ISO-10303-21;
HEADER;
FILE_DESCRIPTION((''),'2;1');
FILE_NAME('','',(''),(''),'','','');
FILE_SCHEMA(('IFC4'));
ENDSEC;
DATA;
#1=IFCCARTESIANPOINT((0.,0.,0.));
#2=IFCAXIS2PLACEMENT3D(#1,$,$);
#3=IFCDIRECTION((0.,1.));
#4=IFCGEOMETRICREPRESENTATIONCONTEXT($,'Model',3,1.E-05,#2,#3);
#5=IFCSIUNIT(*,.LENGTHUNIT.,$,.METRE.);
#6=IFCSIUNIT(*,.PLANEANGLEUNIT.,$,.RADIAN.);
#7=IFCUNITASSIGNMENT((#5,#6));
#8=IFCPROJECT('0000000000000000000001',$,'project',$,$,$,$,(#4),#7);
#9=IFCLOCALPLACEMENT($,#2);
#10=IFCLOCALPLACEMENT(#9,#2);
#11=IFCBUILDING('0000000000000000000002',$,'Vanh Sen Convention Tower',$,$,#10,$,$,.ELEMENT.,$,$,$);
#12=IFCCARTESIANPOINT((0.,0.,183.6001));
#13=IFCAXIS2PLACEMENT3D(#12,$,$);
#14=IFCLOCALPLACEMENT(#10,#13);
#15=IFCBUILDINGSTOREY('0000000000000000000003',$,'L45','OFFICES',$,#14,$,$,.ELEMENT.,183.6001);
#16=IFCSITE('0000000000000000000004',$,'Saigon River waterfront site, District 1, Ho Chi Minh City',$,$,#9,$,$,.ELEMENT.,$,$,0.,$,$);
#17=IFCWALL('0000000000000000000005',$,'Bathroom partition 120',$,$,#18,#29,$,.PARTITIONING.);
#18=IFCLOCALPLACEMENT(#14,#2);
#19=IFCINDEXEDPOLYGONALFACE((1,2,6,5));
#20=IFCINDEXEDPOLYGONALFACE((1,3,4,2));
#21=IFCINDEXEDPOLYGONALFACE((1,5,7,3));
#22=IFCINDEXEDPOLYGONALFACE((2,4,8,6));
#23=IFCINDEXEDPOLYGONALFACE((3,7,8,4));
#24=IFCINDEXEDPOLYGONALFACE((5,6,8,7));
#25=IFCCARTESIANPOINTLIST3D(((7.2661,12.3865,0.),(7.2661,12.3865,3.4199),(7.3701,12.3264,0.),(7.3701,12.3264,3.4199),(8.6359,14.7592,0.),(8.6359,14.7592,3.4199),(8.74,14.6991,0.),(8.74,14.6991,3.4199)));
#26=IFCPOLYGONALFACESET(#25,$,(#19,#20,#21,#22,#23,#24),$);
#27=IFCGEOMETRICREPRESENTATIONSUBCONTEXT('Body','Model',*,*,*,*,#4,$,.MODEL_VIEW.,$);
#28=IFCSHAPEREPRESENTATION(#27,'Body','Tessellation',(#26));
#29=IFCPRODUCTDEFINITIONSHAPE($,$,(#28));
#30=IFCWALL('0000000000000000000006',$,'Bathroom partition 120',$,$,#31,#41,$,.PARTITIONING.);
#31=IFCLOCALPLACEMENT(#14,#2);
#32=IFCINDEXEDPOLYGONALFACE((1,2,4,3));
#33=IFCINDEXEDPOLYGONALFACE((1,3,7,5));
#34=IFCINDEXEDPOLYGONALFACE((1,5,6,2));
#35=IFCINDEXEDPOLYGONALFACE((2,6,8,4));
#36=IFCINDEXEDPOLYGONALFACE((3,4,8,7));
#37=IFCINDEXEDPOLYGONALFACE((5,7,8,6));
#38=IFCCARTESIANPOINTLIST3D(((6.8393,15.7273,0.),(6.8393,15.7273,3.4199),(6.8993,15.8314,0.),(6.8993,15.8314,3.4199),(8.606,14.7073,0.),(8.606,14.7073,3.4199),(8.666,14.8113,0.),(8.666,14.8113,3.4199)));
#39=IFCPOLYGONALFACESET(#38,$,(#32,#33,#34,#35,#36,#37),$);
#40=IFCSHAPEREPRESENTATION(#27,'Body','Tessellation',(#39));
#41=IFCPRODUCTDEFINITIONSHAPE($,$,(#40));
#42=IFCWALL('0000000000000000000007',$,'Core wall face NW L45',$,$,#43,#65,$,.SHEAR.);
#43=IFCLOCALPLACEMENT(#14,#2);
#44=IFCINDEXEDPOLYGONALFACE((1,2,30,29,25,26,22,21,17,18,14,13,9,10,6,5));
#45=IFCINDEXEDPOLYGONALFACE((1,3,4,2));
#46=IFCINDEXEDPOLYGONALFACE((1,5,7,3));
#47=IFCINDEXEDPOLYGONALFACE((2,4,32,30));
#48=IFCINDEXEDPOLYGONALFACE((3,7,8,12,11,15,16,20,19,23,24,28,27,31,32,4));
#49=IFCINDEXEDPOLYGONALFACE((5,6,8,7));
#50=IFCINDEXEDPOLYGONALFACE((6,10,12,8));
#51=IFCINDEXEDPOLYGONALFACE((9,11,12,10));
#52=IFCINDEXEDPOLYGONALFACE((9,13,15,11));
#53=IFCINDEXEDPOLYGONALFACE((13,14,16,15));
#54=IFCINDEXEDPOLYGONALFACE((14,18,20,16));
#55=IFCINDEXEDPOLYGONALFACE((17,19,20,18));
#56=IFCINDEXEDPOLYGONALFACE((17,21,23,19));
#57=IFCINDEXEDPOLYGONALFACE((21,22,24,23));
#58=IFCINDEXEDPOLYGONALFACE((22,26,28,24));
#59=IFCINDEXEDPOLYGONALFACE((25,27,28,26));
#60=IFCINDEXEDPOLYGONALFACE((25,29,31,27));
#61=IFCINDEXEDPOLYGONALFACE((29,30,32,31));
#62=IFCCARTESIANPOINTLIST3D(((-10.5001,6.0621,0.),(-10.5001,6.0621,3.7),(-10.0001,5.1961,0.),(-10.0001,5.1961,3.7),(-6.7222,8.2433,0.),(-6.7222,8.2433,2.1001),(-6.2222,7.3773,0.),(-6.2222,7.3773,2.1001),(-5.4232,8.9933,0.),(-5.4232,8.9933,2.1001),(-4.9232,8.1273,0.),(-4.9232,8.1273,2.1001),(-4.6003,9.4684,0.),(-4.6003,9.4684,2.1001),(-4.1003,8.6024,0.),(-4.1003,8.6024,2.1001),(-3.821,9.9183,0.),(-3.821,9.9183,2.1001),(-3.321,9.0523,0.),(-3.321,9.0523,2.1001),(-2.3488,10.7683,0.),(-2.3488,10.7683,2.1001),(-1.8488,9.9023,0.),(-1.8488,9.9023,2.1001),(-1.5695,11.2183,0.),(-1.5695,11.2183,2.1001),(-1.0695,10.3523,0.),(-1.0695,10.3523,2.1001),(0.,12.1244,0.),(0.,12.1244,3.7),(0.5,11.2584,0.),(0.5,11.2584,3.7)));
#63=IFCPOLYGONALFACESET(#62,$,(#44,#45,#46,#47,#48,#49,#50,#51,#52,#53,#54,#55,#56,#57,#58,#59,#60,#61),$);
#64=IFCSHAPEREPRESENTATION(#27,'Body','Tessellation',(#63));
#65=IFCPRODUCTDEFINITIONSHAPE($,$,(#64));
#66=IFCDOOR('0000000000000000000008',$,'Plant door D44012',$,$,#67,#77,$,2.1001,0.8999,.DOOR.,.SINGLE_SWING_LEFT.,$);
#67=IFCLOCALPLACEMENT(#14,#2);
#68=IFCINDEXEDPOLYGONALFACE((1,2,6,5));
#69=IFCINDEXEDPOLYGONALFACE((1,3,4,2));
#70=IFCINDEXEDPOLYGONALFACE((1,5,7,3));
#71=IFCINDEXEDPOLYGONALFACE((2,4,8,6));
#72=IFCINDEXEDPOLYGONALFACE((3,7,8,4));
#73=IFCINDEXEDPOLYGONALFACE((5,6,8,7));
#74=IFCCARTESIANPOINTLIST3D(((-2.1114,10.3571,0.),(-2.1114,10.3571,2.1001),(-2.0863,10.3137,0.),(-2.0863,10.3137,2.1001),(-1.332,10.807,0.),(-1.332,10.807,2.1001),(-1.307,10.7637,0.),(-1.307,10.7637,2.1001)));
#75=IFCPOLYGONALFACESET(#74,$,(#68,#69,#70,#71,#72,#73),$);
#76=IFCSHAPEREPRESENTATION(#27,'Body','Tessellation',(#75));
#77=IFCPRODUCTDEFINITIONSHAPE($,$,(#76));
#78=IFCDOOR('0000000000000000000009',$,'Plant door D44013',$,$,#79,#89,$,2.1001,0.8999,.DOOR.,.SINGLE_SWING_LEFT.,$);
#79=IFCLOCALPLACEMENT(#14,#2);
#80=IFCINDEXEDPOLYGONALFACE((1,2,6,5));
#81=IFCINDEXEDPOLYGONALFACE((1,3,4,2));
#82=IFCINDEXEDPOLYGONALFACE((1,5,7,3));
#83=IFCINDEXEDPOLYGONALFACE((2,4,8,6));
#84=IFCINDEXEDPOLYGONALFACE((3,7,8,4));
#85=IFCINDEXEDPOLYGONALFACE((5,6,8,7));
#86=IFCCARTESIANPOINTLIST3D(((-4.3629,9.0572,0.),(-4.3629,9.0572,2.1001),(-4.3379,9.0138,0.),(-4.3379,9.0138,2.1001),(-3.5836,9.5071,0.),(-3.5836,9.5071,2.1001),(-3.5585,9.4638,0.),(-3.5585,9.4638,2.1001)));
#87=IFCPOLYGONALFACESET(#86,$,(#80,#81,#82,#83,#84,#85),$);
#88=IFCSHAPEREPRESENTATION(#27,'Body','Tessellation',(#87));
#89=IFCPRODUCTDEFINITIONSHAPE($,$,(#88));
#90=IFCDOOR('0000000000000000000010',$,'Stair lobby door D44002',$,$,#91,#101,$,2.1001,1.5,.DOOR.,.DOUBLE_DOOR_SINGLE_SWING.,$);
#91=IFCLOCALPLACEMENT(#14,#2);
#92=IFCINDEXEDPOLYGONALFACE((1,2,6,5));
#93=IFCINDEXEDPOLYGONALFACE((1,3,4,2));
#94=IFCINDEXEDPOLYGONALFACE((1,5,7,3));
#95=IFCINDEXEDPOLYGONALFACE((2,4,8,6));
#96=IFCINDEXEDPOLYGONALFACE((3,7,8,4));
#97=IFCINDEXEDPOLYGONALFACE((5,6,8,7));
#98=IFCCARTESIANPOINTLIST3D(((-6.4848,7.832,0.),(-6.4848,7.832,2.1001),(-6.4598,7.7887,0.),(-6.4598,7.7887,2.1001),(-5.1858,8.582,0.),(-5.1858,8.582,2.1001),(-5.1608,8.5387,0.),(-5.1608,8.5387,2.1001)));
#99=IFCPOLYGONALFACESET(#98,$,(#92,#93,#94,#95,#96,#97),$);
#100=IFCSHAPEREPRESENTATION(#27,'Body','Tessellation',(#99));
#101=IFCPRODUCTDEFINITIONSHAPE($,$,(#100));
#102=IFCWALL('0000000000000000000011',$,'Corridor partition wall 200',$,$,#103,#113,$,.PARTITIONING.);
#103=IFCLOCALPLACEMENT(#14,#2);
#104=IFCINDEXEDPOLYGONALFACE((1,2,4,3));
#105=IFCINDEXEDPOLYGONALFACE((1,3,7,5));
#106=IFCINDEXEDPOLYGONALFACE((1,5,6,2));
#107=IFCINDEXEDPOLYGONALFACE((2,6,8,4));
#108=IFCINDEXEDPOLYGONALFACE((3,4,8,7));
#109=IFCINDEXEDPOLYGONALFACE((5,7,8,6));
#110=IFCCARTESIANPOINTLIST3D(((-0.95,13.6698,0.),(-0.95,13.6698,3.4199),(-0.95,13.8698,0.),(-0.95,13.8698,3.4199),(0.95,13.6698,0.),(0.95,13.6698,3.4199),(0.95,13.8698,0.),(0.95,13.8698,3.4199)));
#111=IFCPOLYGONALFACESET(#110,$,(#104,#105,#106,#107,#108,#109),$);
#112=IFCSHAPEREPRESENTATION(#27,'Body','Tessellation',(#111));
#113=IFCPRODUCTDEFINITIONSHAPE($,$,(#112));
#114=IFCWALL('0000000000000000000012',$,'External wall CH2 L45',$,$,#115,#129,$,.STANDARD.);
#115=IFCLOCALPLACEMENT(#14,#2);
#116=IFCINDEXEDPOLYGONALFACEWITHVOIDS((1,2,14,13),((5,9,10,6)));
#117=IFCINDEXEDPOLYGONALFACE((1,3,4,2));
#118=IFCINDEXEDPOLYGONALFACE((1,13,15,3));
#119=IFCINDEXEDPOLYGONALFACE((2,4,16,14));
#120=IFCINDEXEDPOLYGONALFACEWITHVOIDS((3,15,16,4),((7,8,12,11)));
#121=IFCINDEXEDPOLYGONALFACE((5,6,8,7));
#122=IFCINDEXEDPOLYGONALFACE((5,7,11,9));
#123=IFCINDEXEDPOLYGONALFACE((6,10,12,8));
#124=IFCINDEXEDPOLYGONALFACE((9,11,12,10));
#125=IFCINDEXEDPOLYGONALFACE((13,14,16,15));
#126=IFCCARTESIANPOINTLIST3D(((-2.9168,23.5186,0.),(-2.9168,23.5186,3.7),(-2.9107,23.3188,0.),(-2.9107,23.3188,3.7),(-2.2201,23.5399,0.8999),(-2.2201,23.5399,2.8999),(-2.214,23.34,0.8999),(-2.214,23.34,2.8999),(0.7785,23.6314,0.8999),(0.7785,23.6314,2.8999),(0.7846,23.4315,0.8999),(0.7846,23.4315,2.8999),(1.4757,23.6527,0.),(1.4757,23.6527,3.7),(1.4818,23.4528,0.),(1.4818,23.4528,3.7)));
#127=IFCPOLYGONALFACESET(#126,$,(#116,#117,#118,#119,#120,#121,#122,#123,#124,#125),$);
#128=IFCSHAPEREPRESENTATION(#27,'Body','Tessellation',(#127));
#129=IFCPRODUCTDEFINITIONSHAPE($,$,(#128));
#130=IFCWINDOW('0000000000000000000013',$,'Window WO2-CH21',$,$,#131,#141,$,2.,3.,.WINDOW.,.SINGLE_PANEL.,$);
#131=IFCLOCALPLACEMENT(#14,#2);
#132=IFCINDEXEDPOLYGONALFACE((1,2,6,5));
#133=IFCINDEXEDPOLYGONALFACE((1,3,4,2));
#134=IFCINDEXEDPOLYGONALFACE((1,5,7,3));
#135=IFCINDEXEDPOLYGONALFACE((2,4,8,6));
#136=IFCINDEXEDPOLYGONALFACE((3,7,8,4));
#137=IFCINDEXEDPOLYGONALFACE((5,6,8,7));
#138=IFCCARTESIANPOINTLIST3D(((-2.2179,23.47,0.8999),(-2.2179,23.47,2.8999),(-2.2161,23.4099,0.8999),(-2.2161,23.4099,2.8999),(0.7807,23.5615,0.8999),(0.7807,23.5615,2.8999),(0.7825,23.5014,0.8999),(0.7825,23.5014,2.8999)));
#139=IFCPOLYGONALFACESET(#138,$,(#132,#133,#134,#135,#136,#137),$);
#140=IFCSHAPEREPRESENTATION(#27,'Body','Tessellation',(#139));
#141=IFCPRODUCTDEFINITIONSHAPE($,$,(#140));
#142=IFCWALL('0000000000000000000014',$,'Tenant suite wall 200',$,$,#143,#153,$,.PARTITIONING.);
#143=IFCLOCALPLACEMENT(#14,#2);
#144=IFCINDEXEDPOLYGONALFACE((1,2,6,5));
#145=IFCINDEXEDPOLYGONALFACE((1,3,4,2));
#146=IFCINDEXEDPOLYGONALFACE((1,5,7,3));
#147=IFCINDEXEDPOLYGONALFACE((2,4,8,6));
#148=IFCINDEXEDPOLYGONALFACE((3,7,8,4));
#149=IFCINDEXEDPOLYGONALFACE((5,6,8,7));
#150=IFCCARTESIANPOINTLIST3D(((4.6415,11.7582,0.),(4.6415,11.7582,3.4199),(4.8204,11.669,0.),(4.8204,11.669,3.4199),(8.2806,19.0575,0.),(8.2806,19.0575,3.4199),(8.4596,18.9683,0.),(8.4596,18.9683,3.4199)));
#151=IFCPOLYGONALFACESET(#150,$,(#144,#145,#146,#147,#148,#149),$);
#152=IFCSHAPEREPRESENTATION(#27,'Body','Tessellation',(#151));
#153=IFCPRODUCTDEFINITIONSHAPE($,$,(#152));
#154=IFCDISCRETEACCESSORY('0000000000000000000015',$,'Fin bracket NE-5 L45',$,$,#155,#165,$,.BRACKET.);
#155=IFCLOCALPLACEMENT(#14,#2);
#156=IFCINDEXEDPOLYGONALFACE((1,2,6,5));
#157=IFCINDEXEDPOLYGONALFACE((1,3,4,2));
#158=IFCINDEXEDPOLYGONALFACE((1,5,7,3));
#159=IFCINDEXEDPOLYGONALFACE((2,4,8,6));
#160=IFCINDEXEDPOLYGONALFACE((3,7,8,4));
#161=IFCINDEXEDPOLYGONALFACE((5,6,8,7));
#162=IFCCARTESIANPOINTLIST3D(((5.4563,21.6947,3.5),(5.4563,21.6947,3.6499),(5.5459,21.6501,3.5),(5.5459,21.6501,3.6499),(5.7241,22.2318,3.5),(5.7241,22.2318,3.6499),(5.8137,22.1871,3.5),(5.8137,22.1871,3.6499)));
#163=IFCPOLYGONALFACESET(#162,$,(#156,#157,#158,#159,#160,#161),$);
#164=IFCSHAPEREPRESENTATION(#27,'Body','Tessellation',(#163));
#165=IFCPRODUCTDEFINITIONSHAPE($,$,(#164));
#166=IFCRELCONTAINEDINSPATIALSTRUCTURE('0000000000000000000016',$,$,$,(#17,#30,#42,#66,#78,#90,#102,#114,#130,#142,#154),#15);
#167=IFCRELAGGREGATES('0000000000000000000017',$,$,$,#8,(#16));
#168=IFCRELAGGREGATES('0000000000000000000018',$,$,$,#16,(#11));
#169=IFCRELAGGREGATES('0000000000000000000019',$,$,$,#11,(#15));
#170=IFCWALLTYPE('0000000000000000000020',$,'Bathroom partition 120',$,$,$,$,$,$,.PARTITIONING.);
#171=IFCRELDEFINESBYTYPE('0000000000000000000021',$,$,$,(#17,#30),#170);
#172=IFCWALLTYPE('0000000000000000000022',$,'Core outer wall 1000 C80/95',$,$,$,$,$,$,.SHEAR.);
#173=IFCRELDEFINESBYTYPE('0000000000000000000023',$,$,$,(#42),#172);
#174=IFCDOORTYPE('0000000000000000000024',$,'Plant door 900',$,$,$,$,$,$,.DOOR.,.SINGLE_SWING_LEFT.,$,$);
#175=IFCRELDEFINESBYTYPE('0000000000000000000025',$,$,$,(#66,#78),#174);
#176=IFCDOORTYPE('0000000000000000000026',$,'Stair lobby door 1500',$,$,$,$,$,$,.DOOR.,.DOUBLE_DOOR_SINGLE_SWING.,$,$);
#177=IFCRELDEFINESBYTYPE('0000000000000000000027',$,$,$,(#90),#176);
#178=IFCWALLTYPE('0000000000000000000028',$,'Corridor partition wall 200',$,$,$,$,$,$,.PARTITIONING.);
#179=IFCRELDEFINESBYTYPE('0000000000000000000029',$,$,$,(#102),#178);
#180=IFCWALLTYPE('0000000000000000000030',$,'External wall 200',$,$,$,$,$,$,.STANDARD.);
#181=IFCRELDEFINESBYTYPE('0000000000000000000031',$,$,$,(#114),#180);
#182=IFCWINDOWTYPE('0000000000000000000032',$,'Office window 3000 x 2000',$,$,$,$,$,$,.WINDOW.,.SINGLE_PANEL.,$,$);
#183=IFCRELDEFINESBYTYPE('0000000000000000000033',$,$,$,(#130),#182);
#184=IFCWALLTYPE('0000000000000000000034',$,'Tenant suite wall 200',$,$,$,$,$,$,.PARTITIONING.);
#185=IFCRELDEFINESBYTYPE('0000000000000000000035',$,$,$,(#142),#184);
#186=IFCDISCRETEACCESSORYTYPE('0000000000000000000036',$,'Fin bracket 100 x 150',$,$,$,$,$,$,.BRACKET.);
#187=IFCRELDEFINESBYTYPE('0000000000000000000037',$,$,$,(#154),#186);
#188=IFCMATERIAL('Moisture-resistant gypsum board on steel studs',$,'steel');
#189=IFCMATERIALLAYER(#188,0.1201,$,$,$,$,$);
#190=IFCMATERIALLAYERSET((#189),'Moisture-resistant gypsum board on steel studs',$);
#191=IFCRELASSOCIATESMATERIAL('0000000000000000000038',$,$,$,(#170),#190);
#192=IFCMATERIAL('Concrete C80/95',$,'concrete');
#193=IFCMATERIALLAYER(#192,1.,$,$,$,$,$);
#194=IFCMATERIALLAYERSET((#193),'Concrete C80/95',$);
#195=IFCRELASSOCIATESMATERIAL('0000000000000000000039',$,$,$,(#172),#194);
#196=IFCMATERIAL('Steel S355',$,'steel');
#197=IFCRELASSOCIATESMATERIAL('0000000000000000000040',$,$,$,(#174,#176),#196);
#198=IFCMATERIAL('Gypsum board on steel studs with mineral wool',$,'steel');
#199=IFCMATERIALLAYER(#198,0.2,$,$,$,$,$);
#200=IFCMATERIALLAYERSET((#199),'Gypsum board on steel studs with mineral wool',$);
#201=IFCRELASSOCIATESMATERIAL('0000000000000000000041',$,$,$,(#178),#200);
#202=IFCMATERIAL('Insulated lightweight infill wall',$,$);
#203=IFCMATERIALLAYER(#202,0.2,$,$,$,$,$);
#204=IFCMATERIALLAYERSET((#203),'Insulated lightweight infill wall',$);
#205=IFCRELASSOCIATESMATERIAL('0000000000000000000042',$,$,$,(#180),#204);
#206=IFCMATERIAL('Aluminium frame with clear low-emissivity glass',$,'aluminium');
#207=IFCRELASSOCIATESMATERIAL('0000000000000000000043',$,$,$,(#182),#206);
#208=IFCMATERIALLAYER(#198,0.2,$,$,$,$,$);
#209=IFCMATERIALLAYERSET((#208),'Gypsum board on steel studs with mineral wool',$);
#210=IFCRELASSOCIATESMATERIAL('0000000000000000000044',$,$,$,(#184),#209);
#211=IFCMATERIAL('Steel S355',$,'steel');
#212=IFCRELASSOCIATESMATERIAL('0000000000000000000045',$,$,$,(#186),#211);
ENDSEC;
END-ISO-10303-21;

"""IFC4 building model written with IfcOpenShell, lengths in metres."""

from ifc_helpers import new_model, si_unit, direction, frame, frame_2d, origin, origin_2d, place, context, subcontext, project, spatial, rectangle, extrude, material, layer, layer_set, type_object, element, fill, save


model = new_model("IFC4")

# Units and contexts
model_context = context("Model", 3, precision=1e-05, world=origin(), true_north=direction((0.0, 1.0)))
body_context = subcontext(model_context, "Body", "Model", "MODEL_VIEW")
ifc_project = project(units=[si_unit("LENGTHUNIT", "METRE"), si_unit("PLANEANGLEUNIT", "RADIAN")], contexts=[model_context])

# Site, building, storey
site_placement = place(None, origin())
site = spatial("IfcSite", under=ifc_project, at=site_placement, Name="Saigon River waterfront site, District 1, Ho Chi Minh City", CompositionType="ELEMENT", RefElevation=0.0)
building_placement = place(site_placement, origin())
building = spatial("IfcBuilding", under=site, at=building_placement, Name="Vanh Sen Convention Tower", CompositionType="ELEMENT")
storey_placement = place(building_placement, frame((0.0, 0.0, 183.6001)))
storey = spatial("IfcBuildingStorey", under=building, at=storey_placement, Name="L45", Description="OFFICES", CompositionType="ELEMENT", Elevation=183.6001)

# Shared definitions
ifc_material_1 = material(Name="Concrete C80/95", Category="concrete")

# Walls
ifc_material_2 = material(Name="Moisture-resistant gypsum board on steel studs", Category="steel")
ifc_layer_1 = layer(ifc_material_2, 0.1201)
ifc_layer_set_1 = layer_set([ifc_layer_1], Name="Moisture-resistant gypsum board on steel studs")
wall_type_1 = type_object("IfcWallType", Name="Bathroom partition 120", PredefinedType="PARTITIONING", material=ifc_layer_set_1)
wall_1_placement = place(storey_placement, frame((7.3181, 12.3564, 0.0), z_axis=(0.0, 0.0, 1.0), x_axis=(0.499982, 0.866036, 0.0)))
element("IfcWall", 1, at=wall_1_placement, inside=storey, type_object=wall_type_1, Name="Bathroom partition 120", PredefinedType="PARTITIONING", context=body_context, shape_type="SweptSolid", body=[
    extrude(rectangle(XDim=2.7397, YDim=0.1201, at=frame_2d((1.3699, 0.0))), origin(), (0.0, 0.0, 1.0), 3.4199),
])
wall_2_placement = place(storey_placement, frame((8.636, 14.7593, 0.0), z_axis=(0.0, 0.0, 1.0), x_axis=(-0.86601, 0.500026, 0.0)))
element("IfcWall", 2, at=wall_2_placement, inside=storey, type_object=wall_type_1, Name="Bathroom partition 120", PredefinedType="PARTITIONING", context=body_context, shape_type="SweptSolid", body=[
    extrude(rectangle(XDim=2.04, YDim=0.1201, at=frame_2d((1.02, 0.0))), origin(), (0.0, 0.0, 1.0), 3.4199),
])

# Wall, openings, doors
ifc_layer_2 = layer(ifc_material_1, 1.0)
ifc_layer_set_2 = layer_set([ifc_layer_2], Name="Concrete C80/95")
wall_type_2 = type_object("IfcWallType", Name="Core outer wall 1000 C80/95", PredefinedType="SHEAR", material=ifc_layer_set_2)
wall_3_placement = place(storey_placement, frame((0.25, 11.6914, 0.0), z_axis=(0.0, 0.0, 1.0), x_axis=(-0.866023, -0.500005, 0.0)))
wall_3 = element("IfcWall", 3, at=wall_3_placement, inside=storey, type_object=wall_type_2, Name="Core wall face NW L45", PredefinedType="SHEAR", context=body_context, shape_type="SweptSolid", body=[
    extrude(rectangle(XDim=12.1245, YDim=1.0, at=frame_2d((6.0623, 0.0))), origin(), (0.0, 0.0, 1.0), 3.7),
])
opening_1_placement = place(wall_3_placement, frame((6.2622, 0.0, 0.0)))
opening_1 = element("IfcOpeningElement", 4, at=opening_1_placement, cuts=wall_3, PredefinedType="OPENING", context=body_context, shape_type="SweptSolid", body=[
    extrude(rectangle(XDim=1.5, YDim=2.1001, at=frame_2d((0.75, 1.05))), frame((0.0, 0.51, 0.0), z_axis=(0.0, -1.0, 0.0), x_axis=(1.0, 0.0, 0.0)), (0.0, 0.0, 1.0), 1.02),
])
opening_2_placement = place(wall_3_placement, frame((1.8123, 0.0, 0.0)))
opening_2 = element("IfcOpeningElement", 5, at=opening_2_placement, cuts=wall_3, PredefinedType="OPENING", context=body_context, shape_type="SweptSolid", body=[
    extrude(rectangle(XDim=0.8999, YDim=2.1001, at=frame_2d((0.45, 1.05))), frame((0.0, 0.51, 0.0), z_axis=(0.0, -1.0, 0.0), x_axis=(1.0, 0.0, 0.0)), (0.0, 0.0, 1.0), 1.02),
])
opening_3_placement = place(wall_3_placement, frame((4.4121, 0.0, 0.0)))
opening_3 = element("IfcOpeningElement", 6, at=opening_3_placement, cuts=wall_3, PredefinedType="OPENING", context=body_context, shape_type="SweptSolid", body=[
    extrude(rectangle(XDim=0.8999, YDim=2.1001, at=frame_2d((0.45, 1.05))), frame((0.0, 0.51, 0.0), z_axis=(0.0, -1.0, 0.0), x_axis=(1.0, 0.0, 0.0)), (0.0, 0.0, 1.0), 1.02),
])
ifc_material_3 = material(Name="Steel S355", Category="steel")
door_type_1 = type_object("IfcDoorType", Name="Plant door 900", OperationType="SINGLE_SWING_LEFT", PredefinedType="DOOR", material=ifc_material_3)
door_1_placement = place(opening_2_placement, origin())
door_1 = element("IfcDoor", 7, at=door_1_placement, inside=storey, type_object=door_type_1, Name="Plant door D44012", OperationType="SINGLE_SWING_LEFT", OverallHeight=2.1001, OverallWidth=0.8999, PredefinedType="DOOR", context=body_context, shape_type="SweptSolid", body=[
    extrude(rectangle(XDim=0.8999, YDim=2.1001, at=frame_2d((0.45, 1.05))), frame((0.0, 0.0249, 0.0), z_axis=(0.0, -1.0, 0.0), x_axis=(1.0, 0.0, 0.0)), (0.0, 0.0, 1.0), 0.05),
])
fill(opening_2, door_1)
door_2_placement = place(opening_3_placement, origin())
door_2 = element("IfcDoor", 8, at=door_2_placement, inside=storey, type_object=door_type_1, Name="Plant door D44013", OperationType="SINGLE_SWING_LEFT", OverallHeight=2.1001, OverallWidth=0.8999, PredefinedType="DOOR", context=body_context, shape_type="SweptSolid", body=[
    extrude(rectangle(XDim=0.8999, YDim=2.1001, at=frame_2d((0.45, 1.05))), frame((0.0, 0.0249, 0.0), z_axis=(0.0, -1.0, 0.0), x_axis=(1.0, 0.0, 0.0)), (0.0, 0.0, 1.0), 0.05),
])
fill(opening_3, door_2)
door_type_2 = type_object("IfcDoorType", Name="Stair lobby door 1500", OperationType="DOUBLE_DOOR_SINGLE_SWING", PredefinedType="DOOR", material=ifc_material_3)
door_3_placement = place(opening_1_placement, origin())
door_3 = element("IfcDoor", 9, at=door_3_placement, inside=storey, type_object=door_type_2, Name="Stair lobby door D44002", OperationType="DOUBLE_DOOR_SINGLE_SWING", OverallHeight=2.1001, OverallWidth=1.5, PredefinedType="DOOR", context=body_context, shape_type="SweptSolid", body=[
    extrude(rectangle(XDim=1.5, YDim=2.1001, at=frame_2d((0.75, 1.05))), frame((0.0, 0.0249, 0.0), z_axis=(0.0, -1.0, 0.0), x_axis=(1.0, 0.0, 0.0)), (0.0, 0.0, 1.0), 0.05),
])
fill(opening_1, door_3)

# Wall
ifc_material_4 = material(Name="Gypsum board on steel studs with mineral wool", Category="steel")
ifc_layer_3 = layer(ifc_material_4, 0.2)
ifc_layer_set_3 = layer_set([ifc_layer_3], Name="Gypsum board on steel studs with mineral wool")
wall_type_3 = type_object("IfcWallType", Name="Corridor partition wall 200", PredefinedType="PARTITIONING", material=ifc_layer_set_3)
wall_4_placement = place(storey_placement, frame((0.95, 13.7698, 0.0), z_axis=(0.0, 0.0, 1.0), x_axis=(-1.0, 0.0, 0.0)))
element("IfcWall", 10, at=wall_4_placement, inside=storey, type_object=wall_type_3, Name="Corridor partition wall 200", PredefinedType="PARTITIONING", context=body_context, shape_type="SweptSolid", body=[
    extrude(rectangle(XDim=1.8999, YDim=0.2, at=frame_2d((0.95, 0.0))), origin(), (0.0, 0.0, 1.0), 3.4199),
])

# Wall, opening, window
ifc_material_5 = material(Name="Insulated lightweight infill wall")
ifc_layer_4 = layer(ifc_material_5, 0.2)
ifc_layer_set_4 = layer_set([ifc_layer_4], Name="Insulated lightweight infill wall")
wall_type_4 = type_object("IfcWallType", Name="External wall 200", PredefinedType="STANDARD", material=ifc_layer_set_4)
wall_5_placement = place(storey_placement, frame((1.4788, 23.5527, 0.0), z_axis=(0.0, 0.0, 1.0), x_axis=(-0.999535, -0.030499, 0.0)))
wall_5 = element("IfcWall", 11, at=wall_5_placement, inside=storey, type_object=wall_type_4, Name="External wall CH2 L45", PredefinedType="STANDARD", context=body_context, shape_type="SweptSolid", body=[
    extrude(rectangle(XDim=4.3945, YDim=0.2, at=frame_2d((2.1973, 0.0))), origin(), (0.0, 0.0, 1.0), 3.7),
])
opening_4_placement = place(wall_5_placement, frame((0.6975, 0.0, 0.8999)))
opening_4 = element("IfcOpeningElement", 12, at=opening_4_placement, cuts=wall_5, PredefinedType="OPENING", context=body_context, shape_type="SweptSolid", body=[
    extrude(rectangle(XDim=3.0, YDim=2.0, at=frame_2d((1.5, 1.0))), frame((0.0, 0.1099, 0.0), z_axis=(0.0, -1.0, 0.0), x_axis=(1.0, 0.0, 0.0)), (0.0, 0.0, 1.0), 0.22),
])
ifc_material_6 = material(Name="Aluminium frame with clear low-emissivity glass", Category="aluminium")
window_type = type_object("IfcWindowType", Name="Office window 3000 x 2000", PartitioningType="SINGLE_PANEL", PredefinedType="WINDOW", material=ifc_material_6)
window_placement = place(opening_4_placement, origin())
window = element("IfcWindow", 13, at=window_placement, inside=storey, type_object=window_type, Name="Window WO2-CH21", OverallHeight=2.0, OverallWidth=3.0, PartitioningType="SINGLE_PANEL", PredefinedType="WINDOW", context=body_context, shape_type="SweptSolid", body=[
    extrude(rectangle(XDim=3.0, YDim=2.0, at=frame_2d((1.5, 1.0))), frame((0.0, 0.03, 0.0), z_axis=(0.0, -1.0, 0.0), x_axis=(1.0, 0.0, 0.0)), (0.0, 0.0, 1.0), 0.0601),
])
fill(opening_4, window)

# Wall
ifc_layer_5 = layer(ifc_material_4, 0.2)
ifc_layer_set_5 = layer_set([ifc_layer_5], Name="Gypsum board on steel studs with mineral wool")
wall_type_5 = type_object("IfcWallType", Name="Tenant suite wall 200", PredefinedType="PARTITIONING", material=ifc_layer_set_5)
wall_6_placement = place(storey_placement, frame((8.3701, 19.0129, 0.0), z_axis=(0.0, 0.0, 1.0), x_axis=(-0.446184, -0.894941, 0.0)))
element("IfcWall", 14, at=wall_6_placement, inside=storey, type_object=wall_type_5, Name="Tenant suite wall 200", PredefinedType="PARTITIONING", context=body_context, shape_type="SweptSolid", body=[
    extrude(rectangle(XDim=8.1562, YDim=0.2, at=frame_2d((4.0781, 0.0))), origin(), (0.0, 0.0, 1.0), 3.4199),
])

# Discrete accessory
ifc_material_7 = material(Name="Steel S355", Category="steel")
discrete_accessory_type = type_object("IfcDiscreteAccessoryType", Name="Fin bracket 100 x 150", PredefinedType="BRACKET", material=ifc_material_7)
discrete_accessory_placement = place(storey_placement, frame((5.635, 21.9409, 3.5), z_axis=(0.0, 0.0, 1.0), x_axis=(0.446198, 0.894934, 0.0)))
element("IfcDiscreteAccessory", 15, at=discrete_accessory_placement, inside=storey, type_object=discrete_accessory_type, Name="Fin bracket NE-5 L45", PredefinedType="BRACKET", context=body_context, shape_type="SweptSolid", body=[
    extrude(rectangle(XDim=0.6001, YDim=0.1001, at=origin_2d()), origin(), (0.0, 0.0, 1.0), 0.1499),
])

save(model, "model.ifc")
